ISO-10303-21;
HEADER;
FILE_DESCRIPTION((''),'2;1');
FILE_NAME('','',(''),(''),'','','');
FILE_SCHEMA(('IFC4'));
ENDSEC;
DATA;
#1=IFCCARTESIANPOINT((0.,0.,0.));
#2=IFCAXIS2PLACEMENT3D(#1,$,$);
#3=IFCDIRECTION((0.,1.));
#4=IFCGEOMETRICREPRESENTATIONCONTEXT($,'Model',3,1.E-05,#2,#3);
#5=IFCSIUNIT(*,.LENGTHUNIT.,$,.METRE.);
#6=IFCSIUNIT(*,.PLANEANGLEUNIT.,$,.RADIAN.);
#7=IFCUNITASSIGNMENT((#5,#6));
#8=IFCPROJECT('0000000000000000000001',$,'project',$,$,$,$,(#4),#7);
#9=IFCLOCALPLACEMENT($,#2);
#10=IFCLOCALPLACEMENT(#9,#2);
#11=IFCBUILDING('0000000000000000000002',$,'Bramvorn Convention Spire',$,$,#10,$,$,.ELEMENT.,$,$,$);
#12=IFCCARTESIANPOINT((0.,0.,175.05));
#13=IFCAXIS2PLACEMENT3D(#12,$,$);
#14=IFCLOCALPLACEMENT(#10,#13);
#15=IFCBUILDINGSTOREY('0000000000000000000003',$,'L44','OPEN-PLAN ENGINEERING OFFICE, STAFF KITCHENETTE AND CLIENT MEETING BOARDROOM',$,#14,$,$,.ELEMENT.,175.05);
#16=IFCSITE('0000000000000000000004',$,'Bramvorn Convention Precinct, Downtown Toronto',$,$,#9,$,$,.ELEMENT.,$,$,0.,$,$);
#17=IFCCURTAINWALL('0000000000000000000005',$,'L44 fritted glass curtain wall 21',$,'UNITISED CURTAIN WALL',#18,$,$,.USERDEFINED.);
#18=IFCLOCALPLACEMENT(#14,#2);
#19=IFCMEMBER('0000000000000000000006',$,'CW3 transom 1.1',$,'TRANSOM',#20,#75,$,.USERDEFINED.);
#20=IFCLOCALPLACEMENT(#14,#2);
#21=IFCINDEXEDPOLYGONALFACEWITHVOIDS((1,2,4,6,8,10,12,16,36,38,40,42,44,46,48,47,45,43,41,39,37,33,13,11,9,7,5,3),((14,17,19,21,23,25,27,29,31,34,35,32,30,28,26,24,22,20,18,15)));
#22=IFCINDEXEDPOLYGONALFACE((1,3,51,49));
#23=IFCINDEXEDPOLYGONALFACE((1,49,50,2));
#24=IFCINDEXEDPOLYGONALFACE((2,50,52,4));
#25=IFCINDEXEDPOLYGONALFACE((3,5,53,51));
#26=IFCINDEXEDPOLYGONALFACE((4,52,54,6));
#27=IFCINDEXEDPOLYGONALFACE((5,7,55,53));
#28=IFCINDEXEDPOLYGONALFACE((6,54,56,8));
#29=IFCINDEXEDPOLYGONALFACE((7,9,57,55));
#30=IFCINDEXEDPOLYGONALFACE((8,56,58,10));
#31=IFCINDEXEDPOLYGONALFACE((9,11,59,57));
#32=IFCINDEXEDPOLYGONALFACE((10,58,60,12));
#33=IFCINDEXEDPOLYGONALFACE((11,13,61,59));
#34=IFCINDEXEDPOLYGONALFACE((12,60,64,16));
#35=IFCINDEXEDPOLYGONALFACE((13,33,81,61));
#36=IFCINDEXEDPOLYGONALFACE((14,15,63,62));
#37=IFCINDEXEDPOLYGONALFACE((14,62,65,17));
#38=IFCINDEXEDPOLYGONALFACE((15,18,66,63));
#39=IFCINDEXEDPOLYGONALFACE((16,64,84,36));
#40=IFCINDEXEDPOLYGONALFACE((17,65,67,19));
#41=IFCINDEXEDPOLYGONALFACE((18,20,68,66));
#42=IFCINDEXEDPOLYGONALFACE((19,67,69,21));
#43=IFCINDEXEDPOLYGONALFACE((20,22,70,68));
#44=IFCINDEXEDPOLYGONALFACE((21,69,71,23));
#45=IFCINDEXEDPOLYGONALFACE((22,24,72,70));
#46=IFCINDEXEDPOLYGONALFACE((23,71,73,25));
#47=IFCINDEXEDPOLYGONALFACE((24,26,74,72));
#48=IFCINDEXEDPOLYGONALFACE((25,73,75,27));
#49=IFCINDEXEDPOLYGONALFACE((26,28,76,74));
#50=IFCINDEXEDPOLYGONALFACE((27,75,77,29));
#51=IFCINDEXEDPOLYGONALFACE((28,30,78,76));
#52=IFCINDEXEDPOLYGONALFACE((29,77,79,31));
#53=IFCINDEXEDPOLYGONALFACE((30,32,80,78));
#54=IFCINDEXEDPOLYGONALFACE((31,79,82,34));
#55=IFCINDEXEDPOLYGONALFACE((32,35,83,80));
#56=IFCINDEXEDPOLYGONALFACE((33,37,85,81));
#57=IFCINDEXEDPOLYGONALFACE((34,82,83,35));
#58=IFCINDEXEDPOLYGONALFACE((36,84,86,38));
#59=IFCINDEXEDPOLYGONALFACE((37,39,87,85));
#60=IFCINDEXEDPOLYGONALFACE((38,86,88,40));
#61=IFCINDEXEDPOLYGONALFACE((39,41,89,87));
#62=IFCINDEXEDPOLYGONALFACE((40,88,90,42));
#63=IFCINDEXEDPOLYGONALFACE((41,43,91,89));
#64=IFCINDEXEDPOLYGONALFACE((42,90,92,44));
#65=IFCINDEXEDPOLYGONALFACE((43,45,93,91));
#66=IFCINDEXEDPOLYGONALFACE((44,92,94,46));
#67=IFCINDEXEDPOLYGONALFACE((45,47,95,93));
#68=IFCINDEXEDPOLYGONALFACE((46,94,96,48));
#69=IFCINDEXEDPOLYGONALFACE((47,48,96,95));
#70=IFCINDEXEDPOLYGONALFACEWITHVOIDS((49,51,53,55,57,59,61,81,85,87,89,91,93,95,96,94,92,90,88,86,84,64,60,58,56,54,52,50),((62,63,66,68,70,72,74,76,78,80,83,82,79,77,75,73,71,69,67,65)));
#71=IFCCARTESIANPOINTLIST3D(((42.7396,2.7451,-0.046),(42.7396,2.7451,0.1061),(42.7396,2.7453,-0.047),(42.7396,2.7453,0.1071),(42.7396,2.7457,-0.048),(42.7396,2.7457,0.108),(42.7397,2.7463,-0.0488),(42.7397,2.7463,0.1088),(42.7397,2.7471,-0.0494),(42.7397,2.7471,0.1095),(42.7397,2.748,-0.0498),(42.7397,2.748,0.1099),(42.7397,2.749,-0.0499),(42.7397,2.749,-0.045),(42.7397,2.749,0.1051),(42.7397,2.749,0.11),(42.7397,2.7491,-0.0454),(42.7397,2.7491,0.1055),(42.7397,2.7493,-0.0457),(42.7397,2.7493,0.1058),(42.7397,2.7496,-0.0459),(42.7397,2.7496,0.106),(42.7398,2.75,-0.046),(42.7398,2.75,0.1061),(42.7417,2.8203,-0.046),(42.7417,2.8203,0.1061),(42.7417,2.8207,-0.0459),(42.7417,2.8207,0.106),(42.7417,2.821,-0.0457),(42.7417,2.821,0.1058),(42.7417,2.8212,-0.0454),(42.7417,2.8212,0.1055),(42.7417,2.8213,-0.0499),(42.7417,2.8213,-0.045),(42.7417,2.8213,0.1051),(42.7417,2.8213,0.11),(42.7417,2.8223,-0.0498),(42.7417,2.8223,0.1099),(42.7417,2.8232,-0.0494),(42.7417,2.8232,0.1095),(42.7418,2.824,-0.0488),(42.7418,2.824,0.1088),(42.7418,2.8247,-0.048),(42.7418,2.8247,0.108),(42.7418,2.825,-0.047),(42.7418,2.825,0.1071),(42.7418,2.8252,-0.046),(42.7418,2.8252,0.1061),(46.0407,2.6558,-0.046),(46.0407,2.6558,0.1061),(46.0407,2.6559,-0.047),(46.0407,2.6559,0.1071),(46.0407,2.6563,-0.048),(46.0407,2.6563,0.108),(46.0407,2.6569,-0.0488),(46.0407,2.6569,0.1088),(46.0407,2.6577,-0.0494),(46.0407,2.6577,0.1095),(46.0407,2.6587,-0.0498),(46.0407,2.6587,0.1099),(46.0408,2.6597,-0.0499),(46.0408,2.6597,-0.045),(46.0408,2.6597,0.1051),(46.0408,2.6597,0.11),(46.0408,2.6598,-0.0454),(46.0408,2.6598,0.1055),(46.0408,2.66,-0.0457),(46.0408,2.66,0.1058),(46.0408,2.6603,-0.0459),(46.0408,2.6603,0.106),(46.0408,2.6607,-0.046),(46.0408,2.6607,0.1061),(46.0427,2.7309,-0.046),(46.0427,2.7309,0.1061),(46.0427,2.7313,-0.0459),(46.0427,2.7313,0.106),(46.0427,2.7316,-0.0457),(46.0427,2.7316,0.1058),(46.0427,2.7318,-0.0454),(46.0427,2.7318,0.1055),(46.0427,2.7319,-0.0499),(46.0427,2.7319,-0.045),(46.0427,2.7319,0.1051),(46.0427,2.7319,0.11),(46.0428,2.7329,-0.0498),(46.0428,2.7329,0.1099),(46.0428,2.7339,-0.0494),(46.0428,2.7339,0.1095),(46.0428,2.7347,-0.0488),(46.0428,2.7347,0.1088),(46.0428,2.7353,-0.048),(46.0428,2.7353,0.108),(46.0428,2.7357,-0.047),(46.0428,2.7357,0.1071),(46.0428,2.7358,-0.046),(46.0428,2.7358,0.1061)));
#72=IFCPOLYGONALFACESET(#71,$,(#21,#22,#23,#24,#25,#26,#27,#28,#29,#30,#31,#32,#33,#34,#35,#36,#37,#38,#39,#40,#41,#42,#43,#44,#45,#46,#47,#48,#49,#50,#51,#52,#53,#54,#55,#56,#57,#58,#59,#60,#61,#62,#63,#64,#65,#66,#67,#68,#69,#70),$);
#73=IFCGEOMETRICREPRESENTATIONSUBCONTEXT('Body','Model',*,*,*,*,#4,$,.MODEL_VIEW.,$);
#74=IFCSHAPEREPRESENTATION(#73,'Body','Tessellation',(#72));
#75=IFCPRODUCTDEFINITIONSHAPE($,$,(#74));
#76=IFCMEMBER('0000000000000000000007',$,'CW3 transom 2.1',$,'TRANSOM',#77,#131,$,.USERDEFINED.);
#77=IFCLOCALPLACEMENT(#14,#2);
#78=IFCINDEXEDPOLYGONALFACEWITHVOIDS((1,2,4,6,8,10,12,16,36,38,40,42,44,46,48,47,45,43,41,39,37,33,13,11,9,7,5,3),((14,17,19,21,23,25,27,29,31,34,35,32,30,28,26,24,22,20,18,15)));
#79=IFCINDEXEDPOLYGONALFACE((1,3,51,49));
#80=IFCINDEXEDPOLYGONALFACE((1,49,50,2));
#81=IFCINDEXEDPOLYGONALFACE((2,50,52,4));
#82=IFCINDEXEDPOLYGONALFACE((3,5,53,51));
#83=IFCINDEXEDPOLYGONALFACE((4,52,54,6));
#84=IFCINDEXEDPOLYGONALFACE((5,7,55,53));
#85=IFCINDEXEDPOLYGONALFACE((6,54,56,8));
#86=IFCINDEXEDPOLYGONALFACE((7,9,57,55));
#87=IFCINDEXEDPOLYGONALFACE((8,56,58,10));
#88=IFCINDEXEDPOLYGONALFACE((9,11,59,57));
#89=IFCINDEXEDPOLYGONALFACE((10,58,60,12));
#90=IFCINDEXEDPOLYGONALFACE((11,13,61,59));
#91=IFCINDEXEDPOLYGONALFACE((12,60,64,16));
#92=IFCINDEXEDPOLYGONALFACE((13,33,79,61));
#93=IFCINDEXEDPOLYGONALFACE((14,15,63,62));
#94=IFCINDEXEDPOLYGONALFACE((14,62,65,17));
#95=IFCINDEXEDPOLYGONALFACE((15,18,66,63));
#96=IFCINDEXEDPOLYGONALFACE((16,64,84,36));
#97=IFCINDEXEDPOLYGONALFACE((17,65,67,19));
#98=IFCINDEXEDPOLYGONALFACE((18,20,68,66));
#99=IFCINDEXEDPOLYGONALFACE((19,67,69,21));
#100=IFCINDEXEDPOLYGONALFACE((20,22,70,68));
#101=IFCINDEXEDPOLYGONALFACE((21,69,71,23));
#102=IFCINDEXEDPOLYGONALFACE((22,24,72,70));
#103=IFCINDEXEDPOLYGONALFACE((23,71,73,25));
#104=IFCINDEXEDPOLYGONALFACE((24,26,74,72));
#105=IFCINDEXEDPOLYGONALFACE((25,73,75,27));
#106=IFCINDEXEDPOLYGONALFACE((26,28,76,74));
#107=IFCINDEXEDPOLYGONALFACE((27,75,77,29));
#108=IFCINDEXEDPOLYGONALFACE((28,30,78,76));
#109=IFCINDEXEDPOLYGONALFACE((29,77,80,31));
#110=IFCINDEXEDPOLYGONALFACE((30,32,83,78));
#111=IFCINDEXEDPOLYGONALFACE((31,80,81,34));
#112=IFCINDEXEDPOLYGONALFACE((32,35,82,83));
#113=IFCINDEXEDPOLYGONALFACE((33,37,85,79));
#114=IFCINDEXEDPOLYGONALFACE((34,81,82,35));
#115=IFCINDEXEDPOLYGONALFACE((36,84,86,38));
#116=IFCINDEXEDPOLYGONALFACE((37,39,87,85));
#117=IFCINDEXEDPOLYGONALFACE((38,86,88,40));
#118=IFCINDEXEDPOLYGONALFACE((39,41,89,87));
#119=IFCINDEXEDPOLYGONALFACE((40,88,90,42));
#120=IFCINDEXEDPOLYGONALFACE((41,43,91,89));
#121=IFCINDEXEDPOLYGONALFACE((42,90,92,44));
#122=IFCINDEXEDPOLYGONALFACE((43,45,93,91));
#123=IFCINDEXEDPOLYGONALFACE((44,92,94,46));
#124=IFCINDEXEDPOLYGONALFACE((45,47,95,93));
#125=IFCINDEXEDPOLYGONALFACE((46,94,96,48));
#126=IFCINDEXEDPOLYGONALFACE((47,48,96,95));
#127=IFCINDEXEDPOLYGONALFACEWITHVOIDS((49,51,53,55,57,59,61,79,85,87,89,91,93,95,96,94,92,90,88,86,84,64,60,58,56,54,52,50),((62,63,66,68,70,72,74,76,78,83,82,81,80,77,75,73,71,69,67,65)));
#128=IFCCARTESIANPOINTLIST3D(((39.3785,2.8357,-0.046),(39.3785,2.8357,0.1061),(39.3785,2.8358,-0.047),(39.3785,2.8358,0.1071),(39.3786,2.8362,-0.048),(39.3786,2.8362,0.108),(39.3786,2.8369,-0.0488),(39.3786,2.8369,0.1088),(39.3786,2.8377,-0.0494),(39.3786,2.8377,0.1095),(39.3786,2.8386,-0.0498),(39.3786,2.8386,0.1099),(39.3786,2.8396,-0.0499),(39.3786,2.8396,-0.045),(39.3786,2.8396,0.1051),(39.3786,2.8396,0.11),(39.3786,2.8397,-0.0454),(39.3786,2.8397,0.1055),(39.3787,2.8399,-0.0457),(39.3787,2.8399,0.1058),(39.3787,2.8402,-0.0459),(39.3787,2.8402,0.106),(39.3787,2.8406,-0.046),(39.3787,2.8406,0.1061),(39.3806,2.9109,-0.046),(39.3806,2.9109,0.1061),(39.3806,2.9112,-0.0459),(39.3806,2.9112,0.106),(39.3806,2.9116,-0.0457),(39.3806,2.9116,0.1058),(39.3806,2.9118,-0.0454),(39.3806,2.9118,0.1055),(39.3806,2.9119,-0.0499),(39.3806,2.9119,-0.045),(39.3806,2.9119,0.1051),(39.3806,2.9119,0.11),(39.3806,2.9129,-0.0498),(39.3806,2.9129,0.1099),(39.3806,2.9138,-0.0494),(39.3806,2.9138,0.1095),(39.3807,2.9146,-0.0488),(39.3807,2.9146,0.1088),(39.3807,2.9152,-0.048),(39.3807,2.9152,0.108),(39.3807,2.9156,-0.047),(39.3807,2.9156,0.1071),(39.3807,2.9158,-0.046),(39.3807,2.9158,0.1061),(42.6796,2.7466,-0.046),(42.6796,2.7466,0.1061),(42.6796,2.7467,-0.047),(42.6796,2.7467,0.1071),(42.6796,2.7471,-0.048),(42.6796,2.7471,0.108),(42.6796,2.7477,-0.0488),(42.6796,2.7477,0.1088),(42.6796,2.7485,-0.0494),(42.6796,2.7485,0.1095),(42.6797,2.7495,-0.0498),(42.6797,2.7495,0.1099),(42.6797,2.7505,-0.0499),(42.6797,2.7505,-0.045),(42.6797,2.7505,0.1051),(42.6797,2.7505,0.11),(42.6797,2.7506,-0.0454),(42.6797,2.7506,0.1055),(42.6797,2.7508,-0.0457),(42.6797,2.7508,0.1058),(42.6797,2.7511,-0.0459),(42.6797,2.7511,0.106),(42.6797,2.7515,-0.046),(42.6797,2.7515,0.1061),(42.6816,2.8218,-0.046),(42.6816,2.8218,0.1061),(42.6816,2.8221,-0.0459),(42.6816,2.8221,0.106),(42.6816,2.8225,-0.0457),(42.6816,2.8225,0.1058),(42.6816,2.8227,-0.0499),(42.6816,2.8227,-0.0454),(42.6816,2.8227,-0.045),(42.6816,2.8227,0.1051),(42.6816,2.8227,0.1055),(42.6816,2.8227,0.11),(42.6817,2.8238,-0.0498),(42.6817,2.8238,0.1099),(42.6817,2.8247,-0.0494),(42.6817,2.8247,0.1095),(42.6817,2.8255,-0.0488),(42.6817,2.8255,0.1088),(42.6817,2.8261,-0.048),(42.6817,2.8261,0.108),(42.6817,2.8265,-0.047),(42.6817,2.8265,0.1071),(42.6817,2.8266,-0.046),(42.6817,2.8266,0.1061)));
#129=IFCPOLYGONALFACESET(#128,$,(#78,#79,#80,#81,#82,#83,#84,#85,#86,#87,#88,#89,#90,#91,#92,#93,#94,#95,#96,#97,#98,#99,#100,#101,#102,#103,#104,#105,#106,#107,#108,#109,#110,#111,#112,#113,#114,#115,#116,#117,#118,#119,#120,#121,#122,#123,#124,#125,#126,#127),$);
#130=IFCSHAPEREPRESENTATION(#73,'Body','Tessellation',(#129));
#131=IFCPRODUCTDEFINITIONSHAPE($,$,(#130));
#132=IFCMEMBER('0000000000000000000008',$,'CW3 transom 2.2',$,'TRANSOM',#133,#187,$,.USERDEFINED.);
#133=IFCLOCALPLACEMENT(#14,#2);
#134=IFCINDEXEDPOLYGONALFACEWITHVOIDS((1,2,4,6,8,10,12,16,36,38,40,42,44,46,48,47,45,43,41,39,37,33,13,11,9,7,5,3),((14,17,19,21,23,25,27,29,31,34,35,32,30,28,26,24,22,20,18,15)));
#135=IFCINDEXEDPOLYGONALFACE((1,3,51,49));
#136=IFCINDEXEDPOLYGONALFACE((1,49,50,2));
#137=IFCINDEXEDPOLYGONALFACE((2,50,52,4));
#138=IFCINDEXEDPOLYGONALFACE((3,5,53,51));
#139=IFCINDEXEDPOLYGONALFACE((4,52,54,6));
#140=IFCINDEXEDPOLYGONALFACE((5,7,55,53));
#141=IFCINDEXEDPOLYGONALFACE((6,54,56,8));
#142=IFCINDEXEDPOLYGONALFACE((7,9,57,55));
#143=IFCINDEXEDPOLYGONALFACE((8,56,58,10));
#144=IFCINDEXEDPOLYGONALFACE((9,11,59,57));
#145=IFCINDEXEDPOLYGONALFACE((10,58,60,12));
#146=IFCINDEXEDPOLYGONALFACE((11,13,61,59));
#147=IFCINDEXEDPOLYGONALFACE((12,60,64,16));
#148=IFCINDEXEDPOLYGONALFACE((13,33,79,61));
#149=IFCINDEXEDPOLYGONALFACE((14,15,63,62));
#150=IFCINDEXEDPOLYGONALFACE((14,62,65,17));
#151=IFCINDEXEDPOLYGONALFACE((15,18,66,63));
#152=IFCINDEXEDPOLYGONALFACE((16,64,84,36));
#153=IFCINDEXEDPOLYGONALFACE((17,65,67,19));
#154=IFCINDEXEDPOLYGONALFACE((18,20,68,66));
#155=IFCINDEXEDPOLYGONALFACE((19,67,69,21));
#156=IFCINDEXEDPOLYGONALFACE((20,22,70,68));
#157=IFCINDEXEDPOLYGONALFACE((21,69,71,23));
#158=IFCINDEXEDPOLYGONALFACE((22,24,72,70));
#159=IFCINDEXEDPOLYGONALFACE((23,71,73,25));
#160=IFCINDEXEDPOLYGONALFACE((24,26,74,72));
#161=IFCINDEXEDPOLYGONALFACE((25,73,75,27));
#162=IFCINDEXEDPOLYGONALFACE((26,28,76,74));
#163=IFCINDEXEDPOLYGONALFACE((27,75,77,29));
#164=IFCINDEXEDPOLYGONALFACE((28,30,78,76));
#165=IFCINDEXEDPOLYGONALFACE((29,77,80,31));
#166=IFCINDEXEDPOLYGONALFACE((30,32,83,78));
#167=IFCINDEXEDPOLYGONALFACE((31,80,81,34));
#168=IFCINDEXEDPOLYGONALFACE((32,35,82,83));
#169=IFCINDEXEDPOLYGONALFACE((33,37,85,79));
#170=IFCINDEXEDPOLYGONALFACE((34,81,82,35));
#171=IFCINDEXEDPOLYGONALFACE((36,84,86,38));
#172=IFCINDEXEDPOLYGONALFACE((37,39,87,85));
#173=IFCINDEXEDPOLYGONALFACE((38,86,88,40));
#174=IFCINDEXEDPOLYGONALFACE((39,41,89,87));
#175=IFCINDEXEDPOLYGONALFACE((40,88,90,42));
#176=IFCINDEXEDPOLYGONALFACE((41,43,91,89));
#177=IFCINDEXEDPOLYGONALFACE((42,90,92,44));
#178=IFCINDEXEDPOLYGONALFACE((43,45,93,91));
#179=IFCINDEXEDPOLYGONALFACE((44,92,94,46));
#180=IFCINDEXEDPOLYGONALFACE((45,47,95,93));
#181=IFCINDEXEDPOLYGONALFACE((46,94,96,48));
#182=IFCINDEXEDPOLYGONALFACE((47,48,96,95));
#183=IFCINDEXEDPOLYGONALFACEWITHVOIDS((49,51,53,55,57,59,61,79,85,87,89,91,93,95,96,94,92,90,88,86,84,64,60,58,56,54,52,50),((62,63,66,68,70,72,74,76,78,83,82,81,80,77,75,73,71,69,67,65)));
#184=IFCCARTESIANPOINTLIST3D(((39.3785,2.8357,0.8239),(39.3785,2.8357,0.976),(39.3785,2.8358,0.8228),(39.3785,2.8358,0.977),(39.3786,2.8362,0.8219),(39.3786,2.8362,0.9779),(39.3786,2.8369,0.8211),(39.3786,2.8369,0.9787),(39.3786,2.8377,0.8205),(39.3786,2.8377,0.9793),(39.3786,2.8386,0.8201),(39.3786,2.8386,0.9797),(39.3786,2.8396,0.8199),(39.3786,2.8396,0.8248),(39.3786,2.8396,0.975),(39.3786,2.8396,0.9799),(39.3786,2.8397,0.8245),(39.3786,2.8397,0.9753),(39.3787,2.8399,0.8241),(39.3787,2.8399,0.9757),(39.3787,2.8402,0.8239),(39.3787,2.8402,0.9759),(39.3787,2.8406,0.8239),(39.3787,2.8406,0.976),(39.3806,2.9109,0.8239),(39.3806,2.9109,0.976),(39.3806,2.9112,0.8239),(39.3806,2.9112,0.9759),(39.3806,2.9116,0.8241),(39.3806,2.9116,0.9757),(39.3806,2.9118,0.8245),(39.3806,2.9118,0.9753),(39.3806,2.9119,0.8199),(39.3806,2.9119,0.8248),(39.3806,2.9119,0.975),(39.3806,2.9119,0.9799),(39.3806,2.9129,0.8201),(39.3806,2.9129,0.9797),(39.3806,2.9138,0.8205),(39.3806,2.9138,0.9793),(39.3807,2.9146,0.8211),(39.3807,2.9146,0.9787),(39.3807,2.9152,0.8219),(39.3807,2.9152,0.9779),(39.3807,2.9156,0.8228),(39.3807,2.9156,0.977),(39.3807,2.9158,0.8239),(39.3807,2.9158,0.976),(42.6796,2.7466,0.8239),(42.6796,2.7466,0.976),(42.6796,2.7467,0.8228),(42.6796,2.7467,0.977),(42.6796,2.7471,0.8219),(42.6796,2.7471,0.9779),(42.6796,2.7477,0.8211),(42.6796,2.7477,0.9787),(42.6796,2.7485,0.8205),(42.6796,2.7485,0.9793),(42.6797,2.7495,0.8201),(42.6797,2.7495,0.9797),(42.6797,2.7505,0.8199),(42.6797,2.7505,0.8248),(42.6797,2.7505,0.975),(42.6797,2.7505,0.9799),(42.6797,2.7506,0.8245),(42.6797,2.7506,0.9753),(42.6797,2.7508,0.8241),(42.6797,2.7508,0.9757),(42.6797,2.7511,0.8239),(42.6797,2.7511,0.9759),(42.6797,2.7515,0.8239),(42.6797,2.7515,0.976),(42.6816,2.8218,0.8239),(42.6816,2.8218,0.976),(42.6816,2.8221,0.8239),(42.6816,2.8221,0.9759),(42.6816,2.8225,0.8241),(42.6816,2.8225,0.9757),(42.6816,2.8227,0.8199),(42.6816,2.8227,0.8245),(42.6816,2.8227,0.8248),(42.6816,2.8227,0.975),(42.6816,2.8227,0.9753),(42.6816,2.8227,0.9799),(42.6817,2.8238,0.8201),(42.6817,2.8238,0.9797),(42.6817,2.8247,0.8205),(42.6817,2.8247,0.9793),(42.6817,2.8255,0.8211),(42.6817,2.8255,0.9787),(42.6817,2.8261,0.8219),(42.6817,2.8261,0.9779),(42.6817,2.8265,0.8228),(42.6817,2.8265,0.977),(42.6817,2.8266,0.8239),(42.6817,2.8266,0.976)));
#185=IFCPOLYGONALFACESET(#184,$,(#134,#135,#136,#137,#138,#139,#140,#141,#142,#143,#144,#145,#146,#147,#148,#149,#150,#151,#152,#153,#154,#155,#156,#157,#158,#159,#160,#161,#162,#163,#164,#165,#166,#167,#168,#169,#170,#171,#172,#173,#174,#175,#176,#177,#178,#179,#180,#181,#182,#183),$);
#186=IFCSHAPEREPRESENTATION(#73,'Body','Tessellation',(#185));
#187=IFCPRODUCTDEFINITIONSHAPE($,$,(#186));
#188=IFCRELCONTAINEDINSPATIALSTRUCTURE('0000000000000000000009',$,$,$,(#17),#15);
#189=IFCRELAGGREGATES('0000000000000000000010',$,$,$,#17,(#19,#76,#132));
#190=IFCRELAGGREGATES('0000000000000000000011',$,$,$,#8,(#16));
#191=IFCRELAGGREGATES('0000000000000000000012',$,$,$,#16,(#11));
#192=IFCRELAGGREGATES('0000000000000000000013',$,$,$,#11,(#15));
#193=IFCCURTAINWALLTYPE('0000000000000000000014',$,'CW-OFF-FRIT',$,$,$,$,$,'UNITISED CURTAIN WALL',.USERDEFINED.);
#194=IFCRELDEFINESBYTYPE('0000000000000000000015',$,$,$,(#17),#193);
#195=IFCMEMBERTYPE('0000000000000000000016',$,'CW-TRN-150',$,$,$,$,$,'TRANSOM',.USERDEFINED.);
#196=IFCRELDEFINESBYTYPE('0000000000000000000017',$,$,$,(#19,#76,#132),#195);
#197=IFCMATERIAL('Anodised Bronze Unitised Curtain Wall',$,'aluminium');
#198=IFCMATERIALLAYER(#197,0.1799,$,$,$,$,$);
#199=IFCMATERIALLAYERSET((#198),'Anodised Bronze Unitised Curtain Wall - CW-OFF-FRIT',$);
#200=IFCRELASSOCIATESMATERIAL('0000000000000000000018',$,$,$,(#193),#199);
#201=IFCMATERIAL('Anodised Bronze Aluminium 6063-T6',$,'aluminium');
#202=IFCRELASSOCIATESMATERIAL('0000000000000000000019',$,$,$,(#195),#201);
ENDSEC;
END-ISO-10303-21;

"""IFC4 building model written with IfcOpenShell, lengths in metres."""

from ifc_helpers import new_model, si_unit, direction, frame, origin, origin_2d, place, context, subcontext, project, spatial, hollow_rectangle, extrude, material, layer, layer_set, material_profile, profile_set, type_object, element, aggregate, save


model = new_model("IFC4")

# Units and contexts
model_context = context("Model", 3, precision=1e-05, world=origin(), true_north=direction((0.0, 1.0)))
body_context = subcontext(model_context, "Body", "Model", "MODEL_VIEW")
ifc_project = project(units=[si_unit("LENGTHUNIT", "METRE"), si_unit("PLANEANGLEUNIT", "RADIAN")], contexts=[model_context])

# Site, building, storey
site_placement = place(None, origin())
site = spatial("IfcSite", under=ifc_project, at=site_placement, Name="Bramvorn Convention Precinct, Downtown Toronto", CompositionType="ELEMENT", RefElevation=0.0)
building_placement = place(site_placement, origin())
building = spatial("IfcBuilding", under=site, at=building_placement, Name="Bramvorn Convention Spire", CompositionType="ELEMENT")
storey_placement = place(building_placement, frame((0.0, 0.0, 175.05)))
storey = spatial("IfcBuildingStorey", under=building, at=storey_placement, Name="L44", Description="OPEN-PLAN ENGINEERING OFFICE, STAFF KITCHENETTE AND CLIENT MEETING BOARDROOM", CompositionType="ELEMENT", Elevation=175.05)

# Shared definitions
ifc_material_1 = material(Name="Anodised Bronze Unitised Curtain Wall", Category="aluminium")
ifc_layer_1 = layer(ifc_material_1, 0.1799)
ifc_layer_set_1 = layer_set([ifc_layer_1], Name="Anodised Bronze Unitised Curtain Wall - CW-OFF-FRIT")
curtain_wall_type = type_object("IfcCurtainWallType", Name="CW-OFF-FRIT", ElementType="UNITISED CURTAIN WALL", PredefinedType="USERDEFINED", material=ifc_layer_set_1)
ifc_material_2 = material(Name="Anodised Bronze Aluminium 6063-T6", Category="aluminium")

# Curtain wall
curtain_wall_1_placement = place(storey_placement, origin())
curtain_wall_1 = element("IfcCurtainWall", 1, at=curtain_wall_1_placement, inside=storey, type_object=curtain_wall_type, Name="L44 fritted glass curtain wall 21", ObjectType="UNITISED CURTAIN WALL", PredefinedType="USERDEFINED")

# Members
ifc_material_profile_1 = material_profile(ifc_material_2, hollow_rectangle(XDim=0.0801, YDim=0.1599, WallThickness=0.0039, InnerFilletRadius=0.001, OuterFilletRadius=0.0039, at=origin_2d()))
ifc_profile_set_1 = profile_set([ifc_material_profile_1], Name="Anodised Bronze Aluminium 6063-T6 - CWT80X160")
member_type_1 = type_object("IfcMemberType", Name="CW-TRN-150", ElementType="TRANSOM", PredefinedType="USERDEFINED", material=ifc_profile_set_1)
member_1_placement = place(storey_placement, frame((46.0417, 2.6958, 0.03), z_axis=(-0.999634, 0.027059, 0.0), x_axis=(-0.027059, -0.999634, 0.0)))
member_1 = element("IfcMember", 2, at=member_1_placement, type_object=member_type_1, Name="CW3 transom 1.1", ObjectType="TRANSOM", PredefinedType="USERDEFINED", context=body_context, shape_type="SweptSolid", body=[
    extrude(hollow_rectangle(XDim=0.0801, YDim=0.1599, WallThickness=0.0039, InnerFilletRadius=0.001, OuterFilletRadius=0.0039, at=origin_2d()), origin(), (0.0, 0.0, 1.0), 3.3022),
])
member_2_placement = place(storey_placement, frame((42.6807, 2.7866, 0.03), z_axis=(-0.999636, 0.026985, 0.0), x_axis=(-0.026985, -0.999636, 0.0)))
member_2 = element("IfcMember", 3, at=member_2_placement, type_object=member_type_1, Name="CW3 transom 2.1", ObjectType="TRANSOM", PredefinedType="USERDEFINED", context=body_context, shape_type="SweptSolid", body=[
    extrude(hollow_rectangle(XDim=0.0801, YDim=0.1599, WallThickness=0.0039, InnerFilletRadius=0.001, OuterFilletRadius=0.0039, at=origin_2d()), origin(), (0.0, 0.0, 1.0), 3.3022),
])
member_3_placement = place(storey_placement, frame((42.6807, 2.7866, 0.8999), z_axis=(-0.999636, 0.026985, 0.0), x_axis=(-0.026985, -0.999636, 0.0)))
member_3 = element("IfcMember", 4, at=member_3_placement, type_object=member_type_1, Name="CW3 transom 2.2", ObjectType="TRANSOM", PredefinedType="USERDEFINED", context=body_context, shape_type="SweptSolid", body=[
    extrude(hollow_rectangle(XDim=0.0801, YDim=0.1599, WallThickness=0.0039, InnerFilletRadius=0.001, OuterFilletRadius=0.0039, at=origin_2d()), origin(), (0.0, 0.0, 1.0), 3.3022),
])

aggregate(curtain_wall_1, [member_1, member_2, member_3])

save(model, "model.ifc")
